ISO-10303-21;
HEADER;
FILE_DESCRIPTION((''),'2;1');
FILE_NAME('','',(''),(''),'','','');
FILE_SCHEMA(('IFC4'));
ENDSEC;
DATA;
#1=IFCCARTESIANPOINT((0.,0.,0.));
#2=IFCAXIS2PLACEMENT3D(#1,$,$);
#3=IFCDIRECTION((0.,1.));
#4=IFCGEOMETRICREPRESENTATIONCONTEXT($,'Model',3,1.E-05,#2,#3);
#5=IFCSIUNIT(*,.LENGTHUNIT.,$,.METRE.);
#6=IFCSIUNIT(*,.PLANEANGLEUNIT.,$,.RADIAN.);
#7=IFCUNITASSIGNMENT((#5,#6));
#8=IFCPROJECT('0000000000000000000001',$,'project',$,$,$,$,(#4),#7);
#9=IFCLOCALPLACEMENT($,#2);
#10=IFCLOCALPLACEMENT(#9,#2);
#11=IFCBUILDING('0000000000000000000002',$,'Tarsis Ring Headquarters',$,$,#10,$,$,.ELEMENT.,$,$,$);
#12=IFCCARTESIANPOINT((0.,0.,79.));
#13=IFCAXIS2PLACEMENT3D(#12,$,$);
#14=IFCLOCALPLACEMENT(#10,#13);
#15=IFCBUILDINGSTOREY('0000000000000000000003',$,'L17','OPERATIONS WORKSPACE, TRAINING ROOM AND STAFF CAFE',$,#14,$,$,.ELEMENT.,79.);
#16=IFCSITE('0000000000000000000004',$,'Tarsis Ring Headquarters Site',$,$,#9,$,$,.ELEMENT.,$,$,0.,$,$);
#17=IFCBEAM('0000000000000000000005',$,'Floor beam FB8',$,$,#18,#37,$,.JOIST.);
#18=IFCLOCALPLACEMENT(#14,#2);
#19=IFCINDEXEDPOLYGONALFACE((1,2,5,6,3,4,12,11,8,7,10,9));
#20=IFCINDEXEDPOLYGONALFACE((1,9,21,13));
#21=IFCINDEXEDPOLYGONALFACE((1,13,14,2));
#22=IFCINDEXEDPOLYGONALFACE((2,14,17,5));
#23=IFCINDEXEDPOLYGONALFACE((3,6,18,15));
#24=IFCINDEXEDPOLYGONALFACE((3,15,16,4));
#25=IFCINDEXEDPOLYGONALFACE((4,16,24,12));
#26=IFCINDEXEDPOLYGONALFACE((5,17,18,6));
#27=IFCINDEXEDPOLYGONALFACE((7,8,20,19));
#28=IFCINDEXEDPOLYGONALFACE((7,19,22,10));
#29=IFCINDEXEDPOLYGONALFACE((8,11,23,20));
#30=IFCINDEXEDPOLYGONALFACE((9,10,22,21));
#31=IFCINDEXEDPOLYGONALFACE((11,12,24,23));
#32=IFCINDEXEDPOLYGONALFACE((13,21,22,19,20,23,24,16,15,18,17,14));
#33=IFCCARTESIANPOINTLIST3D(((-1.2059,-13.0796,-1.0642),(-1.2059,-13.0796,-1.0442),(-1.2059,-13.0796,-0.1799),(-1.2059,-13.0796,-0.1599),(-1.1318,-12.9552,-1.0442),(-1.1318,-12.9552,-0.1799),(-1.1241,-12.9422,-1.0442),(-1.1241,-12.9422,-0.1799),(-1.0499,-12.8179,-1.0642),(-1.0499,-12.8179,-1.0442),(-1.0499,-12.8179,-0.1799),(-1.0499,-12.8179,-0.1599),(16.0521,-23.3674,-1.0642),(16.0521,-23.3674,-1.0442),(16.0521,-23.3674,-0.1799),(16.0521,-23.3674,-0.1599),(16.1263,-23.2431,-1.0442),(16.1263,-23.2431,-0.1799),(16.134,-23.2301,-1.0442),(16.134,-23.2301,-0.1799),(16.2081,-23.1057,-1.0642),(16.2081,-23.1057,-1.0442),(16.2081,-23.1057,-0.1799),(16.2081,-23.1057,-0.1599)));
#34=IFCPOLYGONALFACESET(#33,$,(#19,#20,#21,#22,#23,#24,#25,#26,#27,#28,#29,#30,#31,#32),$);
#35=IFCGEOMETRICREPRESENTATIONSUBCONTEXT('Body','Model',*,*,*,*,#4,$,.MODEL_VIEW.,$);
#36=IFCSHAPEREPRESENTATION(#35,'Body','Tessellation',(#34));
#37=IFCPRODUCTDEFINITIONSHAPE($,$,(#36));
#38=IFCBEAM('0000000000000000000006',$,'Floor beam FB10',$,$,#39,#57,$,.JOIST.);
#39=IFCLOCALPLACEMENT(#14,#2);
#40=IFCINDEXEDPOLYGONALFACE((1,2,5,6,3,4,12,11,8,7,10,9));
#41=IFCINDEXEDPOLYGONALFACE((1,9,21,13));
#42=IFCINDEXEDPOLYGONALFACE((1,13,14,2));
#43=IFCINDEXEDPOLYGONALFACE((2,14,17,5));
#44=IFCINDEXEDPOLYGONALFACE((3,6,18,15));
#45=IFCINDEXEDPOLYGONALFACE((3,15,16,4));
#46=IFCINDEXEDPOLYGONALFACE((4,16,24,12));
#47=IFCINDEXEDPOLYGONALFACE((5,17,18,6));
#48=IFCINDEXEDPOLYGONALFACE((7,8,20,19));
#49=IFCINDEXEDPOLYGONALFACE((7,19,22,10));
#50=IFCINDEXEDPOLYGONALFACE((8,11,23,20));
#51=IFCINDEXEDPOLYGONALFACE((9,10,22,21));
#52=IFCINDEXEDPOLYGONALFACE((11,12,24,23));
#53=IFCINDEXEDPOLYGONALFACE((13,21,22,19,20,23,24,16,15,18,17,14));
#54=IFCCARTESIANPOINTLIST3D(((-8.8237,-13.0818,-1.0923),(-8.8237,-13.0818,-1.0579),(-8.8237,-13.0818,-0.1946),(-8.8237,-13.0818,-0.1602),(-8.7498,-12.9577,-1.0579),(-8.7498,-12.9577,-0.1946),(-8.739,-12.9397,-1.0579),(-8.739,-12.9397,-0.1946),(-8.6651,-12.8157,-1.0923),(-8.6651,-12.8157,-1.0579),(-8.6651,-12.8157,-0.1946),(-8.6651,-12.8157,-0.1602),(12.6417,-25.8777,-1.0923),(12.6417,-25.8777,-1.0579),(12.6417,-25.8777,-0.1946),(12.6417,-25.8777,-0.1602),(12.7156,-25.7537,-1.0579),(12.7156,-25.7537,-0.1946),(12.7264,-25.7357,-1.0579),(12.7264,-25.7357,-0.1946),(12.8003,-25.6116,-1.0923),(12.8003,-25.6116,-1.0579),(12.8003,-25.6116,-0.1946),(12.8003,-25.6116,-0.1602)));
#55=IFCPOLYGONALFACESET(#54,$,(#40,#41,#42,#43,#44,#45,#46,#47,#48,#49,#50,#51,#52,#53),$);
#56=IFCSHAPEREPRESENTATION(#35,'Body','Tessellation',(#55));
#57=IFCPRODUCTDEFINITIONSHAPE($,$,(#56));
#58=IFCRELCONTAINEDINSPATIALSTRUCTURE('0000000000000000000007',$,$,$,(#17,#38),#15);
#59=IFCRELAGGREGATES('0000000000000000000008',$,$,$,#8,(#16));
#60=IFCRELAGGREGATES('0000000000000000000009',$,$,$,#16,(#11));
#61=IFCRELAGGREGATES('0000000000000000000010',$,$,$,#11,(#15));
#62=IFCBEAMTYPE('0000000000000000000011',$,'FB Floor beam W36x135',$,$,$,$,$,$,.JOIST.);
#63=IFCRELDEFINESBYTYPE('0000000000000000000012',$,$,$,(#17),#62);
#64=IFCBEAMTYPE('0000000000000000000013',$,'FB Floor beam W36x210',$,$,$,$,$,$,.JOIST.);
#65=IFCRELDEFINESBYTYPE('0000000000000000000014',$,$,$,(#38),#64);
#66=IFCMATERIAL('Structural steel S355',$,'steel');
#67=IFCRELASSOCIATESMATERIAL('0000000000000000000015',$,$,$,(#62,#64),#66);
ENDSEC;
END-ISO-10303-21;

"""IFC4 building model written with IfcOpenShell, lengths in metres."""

from ifc_helpers import new_model, si_unit, direction, frame, origin, origin_2d, place, context, subcontext, project, spatial, i_section, extrude, material, material_profile, profile_set, type_object, element, save


model = new_model("IFC4")

# Units and contexts
model_context = context("Model", 3, precision=1e-05, world=origin(), true_north=direction((0.0, 1.0)))
body_context = subcontext(model_context, "Body", "Model", "MODEL_VIEW")
ifc_project = project(units=[si_unit("LENGTHUNIT", "METRE"), si_unit("PLANEANGLEUNIT", "RADIAN")], contexts=[model_context])

# Site, building, storey
site_placement = place(None, origin())
site = spatial("IfcSite", under=ifc_project, at=site_placement, Name="Tarsis Ring Headquarters Site", CompositionType="ELEMENT", RefElevation=0.0)
building_placement = place(site_placement, origin())
building = spatial("IfcBuilding", under=site, at=building_placement, Name="Tarsis Ring Headquarters", CompositionType="ELEMENT")
storey_placement = place(building_placement, frame((0.0, 0.0, 79.0)))
storey = spatial("IfcBuildingStorey", under=building, at=storey_placement, Name="L17", Description="OPERATIONS WORKSPACE, TRAINING ROOM AND STAFF CAFE", CompositionType="ELEMENT", Elevation=79.0)

# Beams
ifc_material_1 = material(Name="Structural steel S355", Category="steel")
ifc_material_profile_1 = material_profile(ifc_material_1, i_section(OverallWidth=0.3047, OverallDepth=0.9043, WebThickness=0.0151, FlangeThickness=0.02, at=origin_2d()), Name="W36x135")
ifc_profile_set_1 = profile_set([ifc_material_profile_1], Name="Structural steel S355")
beam_type_1 = type_object("IfcBeamType", Name="FB Floor beam W36x135", PredefinedType="JOIST", material=ifc_profile_set_1)
beam_1_placement = place(storey_placement, frame((-1.1279, -12.9487, -0.6121), z_axis=(0.85896, -0.512042, 0.0), x_axis=(0.512042, 0.85896, 0.0)))
element("IfcBeam", 1, at=beam_1_placement, inside=storey, type_object=beam_type_1, Name="Floor beam FB8", PredefinedType="JOIST", context=body_context, shape_type="SweptSolid", body=[
    extrude(i_section(OverallWidth=0.3047, OverallDepth=0.9043, WebThickness=0.0151, FlangeThickness=0.02, at=origin_2d()), origin(), (0.0, 0.0, 1.0), 20.0918),
])
ifc_material_profile_2 = material_profile(ifc_material_1, i_section(OverallWidth=0.3098, OverallDepth=0.9321, WebThickness=0.021, FlangeThickness=0.0344, at=origin_2d()), Name="W36x210")
ifc_profile_set_2 = profile_set([ifc_material_profile_2], Name="Structural steel S355")
beam_type_2 = type_object("IfcBeamType", Name="FB Floor beam W36x210", PredefinedType="JOIST", material=ifc_profile_set_2)
beam_2_placement = place(storey_placement, frame((-8.7444, -12.9487, -0.6262), z_axis=(0.85896, -0.512043, 0.0), x_axis=(0.512043, 0.85896, 0.0)))
element("IfcBeam", 2, at=beam_2_placement, inside=storey, type_object=beam_type_2, Name="Floor beam FB10", PredefinedType="JOIST", context=body_context, shape_type="SweptSolid", body=[
    extrude(i_section(OverallWidth=0.3098, OverallDepth=0.9321, WebThickness=0.021, FlangeThickness=0.0344, at=origin_2d()), origin(), (0.0, 0.0, 1.0), 24.99),
])

save(model, "model.ifc")
